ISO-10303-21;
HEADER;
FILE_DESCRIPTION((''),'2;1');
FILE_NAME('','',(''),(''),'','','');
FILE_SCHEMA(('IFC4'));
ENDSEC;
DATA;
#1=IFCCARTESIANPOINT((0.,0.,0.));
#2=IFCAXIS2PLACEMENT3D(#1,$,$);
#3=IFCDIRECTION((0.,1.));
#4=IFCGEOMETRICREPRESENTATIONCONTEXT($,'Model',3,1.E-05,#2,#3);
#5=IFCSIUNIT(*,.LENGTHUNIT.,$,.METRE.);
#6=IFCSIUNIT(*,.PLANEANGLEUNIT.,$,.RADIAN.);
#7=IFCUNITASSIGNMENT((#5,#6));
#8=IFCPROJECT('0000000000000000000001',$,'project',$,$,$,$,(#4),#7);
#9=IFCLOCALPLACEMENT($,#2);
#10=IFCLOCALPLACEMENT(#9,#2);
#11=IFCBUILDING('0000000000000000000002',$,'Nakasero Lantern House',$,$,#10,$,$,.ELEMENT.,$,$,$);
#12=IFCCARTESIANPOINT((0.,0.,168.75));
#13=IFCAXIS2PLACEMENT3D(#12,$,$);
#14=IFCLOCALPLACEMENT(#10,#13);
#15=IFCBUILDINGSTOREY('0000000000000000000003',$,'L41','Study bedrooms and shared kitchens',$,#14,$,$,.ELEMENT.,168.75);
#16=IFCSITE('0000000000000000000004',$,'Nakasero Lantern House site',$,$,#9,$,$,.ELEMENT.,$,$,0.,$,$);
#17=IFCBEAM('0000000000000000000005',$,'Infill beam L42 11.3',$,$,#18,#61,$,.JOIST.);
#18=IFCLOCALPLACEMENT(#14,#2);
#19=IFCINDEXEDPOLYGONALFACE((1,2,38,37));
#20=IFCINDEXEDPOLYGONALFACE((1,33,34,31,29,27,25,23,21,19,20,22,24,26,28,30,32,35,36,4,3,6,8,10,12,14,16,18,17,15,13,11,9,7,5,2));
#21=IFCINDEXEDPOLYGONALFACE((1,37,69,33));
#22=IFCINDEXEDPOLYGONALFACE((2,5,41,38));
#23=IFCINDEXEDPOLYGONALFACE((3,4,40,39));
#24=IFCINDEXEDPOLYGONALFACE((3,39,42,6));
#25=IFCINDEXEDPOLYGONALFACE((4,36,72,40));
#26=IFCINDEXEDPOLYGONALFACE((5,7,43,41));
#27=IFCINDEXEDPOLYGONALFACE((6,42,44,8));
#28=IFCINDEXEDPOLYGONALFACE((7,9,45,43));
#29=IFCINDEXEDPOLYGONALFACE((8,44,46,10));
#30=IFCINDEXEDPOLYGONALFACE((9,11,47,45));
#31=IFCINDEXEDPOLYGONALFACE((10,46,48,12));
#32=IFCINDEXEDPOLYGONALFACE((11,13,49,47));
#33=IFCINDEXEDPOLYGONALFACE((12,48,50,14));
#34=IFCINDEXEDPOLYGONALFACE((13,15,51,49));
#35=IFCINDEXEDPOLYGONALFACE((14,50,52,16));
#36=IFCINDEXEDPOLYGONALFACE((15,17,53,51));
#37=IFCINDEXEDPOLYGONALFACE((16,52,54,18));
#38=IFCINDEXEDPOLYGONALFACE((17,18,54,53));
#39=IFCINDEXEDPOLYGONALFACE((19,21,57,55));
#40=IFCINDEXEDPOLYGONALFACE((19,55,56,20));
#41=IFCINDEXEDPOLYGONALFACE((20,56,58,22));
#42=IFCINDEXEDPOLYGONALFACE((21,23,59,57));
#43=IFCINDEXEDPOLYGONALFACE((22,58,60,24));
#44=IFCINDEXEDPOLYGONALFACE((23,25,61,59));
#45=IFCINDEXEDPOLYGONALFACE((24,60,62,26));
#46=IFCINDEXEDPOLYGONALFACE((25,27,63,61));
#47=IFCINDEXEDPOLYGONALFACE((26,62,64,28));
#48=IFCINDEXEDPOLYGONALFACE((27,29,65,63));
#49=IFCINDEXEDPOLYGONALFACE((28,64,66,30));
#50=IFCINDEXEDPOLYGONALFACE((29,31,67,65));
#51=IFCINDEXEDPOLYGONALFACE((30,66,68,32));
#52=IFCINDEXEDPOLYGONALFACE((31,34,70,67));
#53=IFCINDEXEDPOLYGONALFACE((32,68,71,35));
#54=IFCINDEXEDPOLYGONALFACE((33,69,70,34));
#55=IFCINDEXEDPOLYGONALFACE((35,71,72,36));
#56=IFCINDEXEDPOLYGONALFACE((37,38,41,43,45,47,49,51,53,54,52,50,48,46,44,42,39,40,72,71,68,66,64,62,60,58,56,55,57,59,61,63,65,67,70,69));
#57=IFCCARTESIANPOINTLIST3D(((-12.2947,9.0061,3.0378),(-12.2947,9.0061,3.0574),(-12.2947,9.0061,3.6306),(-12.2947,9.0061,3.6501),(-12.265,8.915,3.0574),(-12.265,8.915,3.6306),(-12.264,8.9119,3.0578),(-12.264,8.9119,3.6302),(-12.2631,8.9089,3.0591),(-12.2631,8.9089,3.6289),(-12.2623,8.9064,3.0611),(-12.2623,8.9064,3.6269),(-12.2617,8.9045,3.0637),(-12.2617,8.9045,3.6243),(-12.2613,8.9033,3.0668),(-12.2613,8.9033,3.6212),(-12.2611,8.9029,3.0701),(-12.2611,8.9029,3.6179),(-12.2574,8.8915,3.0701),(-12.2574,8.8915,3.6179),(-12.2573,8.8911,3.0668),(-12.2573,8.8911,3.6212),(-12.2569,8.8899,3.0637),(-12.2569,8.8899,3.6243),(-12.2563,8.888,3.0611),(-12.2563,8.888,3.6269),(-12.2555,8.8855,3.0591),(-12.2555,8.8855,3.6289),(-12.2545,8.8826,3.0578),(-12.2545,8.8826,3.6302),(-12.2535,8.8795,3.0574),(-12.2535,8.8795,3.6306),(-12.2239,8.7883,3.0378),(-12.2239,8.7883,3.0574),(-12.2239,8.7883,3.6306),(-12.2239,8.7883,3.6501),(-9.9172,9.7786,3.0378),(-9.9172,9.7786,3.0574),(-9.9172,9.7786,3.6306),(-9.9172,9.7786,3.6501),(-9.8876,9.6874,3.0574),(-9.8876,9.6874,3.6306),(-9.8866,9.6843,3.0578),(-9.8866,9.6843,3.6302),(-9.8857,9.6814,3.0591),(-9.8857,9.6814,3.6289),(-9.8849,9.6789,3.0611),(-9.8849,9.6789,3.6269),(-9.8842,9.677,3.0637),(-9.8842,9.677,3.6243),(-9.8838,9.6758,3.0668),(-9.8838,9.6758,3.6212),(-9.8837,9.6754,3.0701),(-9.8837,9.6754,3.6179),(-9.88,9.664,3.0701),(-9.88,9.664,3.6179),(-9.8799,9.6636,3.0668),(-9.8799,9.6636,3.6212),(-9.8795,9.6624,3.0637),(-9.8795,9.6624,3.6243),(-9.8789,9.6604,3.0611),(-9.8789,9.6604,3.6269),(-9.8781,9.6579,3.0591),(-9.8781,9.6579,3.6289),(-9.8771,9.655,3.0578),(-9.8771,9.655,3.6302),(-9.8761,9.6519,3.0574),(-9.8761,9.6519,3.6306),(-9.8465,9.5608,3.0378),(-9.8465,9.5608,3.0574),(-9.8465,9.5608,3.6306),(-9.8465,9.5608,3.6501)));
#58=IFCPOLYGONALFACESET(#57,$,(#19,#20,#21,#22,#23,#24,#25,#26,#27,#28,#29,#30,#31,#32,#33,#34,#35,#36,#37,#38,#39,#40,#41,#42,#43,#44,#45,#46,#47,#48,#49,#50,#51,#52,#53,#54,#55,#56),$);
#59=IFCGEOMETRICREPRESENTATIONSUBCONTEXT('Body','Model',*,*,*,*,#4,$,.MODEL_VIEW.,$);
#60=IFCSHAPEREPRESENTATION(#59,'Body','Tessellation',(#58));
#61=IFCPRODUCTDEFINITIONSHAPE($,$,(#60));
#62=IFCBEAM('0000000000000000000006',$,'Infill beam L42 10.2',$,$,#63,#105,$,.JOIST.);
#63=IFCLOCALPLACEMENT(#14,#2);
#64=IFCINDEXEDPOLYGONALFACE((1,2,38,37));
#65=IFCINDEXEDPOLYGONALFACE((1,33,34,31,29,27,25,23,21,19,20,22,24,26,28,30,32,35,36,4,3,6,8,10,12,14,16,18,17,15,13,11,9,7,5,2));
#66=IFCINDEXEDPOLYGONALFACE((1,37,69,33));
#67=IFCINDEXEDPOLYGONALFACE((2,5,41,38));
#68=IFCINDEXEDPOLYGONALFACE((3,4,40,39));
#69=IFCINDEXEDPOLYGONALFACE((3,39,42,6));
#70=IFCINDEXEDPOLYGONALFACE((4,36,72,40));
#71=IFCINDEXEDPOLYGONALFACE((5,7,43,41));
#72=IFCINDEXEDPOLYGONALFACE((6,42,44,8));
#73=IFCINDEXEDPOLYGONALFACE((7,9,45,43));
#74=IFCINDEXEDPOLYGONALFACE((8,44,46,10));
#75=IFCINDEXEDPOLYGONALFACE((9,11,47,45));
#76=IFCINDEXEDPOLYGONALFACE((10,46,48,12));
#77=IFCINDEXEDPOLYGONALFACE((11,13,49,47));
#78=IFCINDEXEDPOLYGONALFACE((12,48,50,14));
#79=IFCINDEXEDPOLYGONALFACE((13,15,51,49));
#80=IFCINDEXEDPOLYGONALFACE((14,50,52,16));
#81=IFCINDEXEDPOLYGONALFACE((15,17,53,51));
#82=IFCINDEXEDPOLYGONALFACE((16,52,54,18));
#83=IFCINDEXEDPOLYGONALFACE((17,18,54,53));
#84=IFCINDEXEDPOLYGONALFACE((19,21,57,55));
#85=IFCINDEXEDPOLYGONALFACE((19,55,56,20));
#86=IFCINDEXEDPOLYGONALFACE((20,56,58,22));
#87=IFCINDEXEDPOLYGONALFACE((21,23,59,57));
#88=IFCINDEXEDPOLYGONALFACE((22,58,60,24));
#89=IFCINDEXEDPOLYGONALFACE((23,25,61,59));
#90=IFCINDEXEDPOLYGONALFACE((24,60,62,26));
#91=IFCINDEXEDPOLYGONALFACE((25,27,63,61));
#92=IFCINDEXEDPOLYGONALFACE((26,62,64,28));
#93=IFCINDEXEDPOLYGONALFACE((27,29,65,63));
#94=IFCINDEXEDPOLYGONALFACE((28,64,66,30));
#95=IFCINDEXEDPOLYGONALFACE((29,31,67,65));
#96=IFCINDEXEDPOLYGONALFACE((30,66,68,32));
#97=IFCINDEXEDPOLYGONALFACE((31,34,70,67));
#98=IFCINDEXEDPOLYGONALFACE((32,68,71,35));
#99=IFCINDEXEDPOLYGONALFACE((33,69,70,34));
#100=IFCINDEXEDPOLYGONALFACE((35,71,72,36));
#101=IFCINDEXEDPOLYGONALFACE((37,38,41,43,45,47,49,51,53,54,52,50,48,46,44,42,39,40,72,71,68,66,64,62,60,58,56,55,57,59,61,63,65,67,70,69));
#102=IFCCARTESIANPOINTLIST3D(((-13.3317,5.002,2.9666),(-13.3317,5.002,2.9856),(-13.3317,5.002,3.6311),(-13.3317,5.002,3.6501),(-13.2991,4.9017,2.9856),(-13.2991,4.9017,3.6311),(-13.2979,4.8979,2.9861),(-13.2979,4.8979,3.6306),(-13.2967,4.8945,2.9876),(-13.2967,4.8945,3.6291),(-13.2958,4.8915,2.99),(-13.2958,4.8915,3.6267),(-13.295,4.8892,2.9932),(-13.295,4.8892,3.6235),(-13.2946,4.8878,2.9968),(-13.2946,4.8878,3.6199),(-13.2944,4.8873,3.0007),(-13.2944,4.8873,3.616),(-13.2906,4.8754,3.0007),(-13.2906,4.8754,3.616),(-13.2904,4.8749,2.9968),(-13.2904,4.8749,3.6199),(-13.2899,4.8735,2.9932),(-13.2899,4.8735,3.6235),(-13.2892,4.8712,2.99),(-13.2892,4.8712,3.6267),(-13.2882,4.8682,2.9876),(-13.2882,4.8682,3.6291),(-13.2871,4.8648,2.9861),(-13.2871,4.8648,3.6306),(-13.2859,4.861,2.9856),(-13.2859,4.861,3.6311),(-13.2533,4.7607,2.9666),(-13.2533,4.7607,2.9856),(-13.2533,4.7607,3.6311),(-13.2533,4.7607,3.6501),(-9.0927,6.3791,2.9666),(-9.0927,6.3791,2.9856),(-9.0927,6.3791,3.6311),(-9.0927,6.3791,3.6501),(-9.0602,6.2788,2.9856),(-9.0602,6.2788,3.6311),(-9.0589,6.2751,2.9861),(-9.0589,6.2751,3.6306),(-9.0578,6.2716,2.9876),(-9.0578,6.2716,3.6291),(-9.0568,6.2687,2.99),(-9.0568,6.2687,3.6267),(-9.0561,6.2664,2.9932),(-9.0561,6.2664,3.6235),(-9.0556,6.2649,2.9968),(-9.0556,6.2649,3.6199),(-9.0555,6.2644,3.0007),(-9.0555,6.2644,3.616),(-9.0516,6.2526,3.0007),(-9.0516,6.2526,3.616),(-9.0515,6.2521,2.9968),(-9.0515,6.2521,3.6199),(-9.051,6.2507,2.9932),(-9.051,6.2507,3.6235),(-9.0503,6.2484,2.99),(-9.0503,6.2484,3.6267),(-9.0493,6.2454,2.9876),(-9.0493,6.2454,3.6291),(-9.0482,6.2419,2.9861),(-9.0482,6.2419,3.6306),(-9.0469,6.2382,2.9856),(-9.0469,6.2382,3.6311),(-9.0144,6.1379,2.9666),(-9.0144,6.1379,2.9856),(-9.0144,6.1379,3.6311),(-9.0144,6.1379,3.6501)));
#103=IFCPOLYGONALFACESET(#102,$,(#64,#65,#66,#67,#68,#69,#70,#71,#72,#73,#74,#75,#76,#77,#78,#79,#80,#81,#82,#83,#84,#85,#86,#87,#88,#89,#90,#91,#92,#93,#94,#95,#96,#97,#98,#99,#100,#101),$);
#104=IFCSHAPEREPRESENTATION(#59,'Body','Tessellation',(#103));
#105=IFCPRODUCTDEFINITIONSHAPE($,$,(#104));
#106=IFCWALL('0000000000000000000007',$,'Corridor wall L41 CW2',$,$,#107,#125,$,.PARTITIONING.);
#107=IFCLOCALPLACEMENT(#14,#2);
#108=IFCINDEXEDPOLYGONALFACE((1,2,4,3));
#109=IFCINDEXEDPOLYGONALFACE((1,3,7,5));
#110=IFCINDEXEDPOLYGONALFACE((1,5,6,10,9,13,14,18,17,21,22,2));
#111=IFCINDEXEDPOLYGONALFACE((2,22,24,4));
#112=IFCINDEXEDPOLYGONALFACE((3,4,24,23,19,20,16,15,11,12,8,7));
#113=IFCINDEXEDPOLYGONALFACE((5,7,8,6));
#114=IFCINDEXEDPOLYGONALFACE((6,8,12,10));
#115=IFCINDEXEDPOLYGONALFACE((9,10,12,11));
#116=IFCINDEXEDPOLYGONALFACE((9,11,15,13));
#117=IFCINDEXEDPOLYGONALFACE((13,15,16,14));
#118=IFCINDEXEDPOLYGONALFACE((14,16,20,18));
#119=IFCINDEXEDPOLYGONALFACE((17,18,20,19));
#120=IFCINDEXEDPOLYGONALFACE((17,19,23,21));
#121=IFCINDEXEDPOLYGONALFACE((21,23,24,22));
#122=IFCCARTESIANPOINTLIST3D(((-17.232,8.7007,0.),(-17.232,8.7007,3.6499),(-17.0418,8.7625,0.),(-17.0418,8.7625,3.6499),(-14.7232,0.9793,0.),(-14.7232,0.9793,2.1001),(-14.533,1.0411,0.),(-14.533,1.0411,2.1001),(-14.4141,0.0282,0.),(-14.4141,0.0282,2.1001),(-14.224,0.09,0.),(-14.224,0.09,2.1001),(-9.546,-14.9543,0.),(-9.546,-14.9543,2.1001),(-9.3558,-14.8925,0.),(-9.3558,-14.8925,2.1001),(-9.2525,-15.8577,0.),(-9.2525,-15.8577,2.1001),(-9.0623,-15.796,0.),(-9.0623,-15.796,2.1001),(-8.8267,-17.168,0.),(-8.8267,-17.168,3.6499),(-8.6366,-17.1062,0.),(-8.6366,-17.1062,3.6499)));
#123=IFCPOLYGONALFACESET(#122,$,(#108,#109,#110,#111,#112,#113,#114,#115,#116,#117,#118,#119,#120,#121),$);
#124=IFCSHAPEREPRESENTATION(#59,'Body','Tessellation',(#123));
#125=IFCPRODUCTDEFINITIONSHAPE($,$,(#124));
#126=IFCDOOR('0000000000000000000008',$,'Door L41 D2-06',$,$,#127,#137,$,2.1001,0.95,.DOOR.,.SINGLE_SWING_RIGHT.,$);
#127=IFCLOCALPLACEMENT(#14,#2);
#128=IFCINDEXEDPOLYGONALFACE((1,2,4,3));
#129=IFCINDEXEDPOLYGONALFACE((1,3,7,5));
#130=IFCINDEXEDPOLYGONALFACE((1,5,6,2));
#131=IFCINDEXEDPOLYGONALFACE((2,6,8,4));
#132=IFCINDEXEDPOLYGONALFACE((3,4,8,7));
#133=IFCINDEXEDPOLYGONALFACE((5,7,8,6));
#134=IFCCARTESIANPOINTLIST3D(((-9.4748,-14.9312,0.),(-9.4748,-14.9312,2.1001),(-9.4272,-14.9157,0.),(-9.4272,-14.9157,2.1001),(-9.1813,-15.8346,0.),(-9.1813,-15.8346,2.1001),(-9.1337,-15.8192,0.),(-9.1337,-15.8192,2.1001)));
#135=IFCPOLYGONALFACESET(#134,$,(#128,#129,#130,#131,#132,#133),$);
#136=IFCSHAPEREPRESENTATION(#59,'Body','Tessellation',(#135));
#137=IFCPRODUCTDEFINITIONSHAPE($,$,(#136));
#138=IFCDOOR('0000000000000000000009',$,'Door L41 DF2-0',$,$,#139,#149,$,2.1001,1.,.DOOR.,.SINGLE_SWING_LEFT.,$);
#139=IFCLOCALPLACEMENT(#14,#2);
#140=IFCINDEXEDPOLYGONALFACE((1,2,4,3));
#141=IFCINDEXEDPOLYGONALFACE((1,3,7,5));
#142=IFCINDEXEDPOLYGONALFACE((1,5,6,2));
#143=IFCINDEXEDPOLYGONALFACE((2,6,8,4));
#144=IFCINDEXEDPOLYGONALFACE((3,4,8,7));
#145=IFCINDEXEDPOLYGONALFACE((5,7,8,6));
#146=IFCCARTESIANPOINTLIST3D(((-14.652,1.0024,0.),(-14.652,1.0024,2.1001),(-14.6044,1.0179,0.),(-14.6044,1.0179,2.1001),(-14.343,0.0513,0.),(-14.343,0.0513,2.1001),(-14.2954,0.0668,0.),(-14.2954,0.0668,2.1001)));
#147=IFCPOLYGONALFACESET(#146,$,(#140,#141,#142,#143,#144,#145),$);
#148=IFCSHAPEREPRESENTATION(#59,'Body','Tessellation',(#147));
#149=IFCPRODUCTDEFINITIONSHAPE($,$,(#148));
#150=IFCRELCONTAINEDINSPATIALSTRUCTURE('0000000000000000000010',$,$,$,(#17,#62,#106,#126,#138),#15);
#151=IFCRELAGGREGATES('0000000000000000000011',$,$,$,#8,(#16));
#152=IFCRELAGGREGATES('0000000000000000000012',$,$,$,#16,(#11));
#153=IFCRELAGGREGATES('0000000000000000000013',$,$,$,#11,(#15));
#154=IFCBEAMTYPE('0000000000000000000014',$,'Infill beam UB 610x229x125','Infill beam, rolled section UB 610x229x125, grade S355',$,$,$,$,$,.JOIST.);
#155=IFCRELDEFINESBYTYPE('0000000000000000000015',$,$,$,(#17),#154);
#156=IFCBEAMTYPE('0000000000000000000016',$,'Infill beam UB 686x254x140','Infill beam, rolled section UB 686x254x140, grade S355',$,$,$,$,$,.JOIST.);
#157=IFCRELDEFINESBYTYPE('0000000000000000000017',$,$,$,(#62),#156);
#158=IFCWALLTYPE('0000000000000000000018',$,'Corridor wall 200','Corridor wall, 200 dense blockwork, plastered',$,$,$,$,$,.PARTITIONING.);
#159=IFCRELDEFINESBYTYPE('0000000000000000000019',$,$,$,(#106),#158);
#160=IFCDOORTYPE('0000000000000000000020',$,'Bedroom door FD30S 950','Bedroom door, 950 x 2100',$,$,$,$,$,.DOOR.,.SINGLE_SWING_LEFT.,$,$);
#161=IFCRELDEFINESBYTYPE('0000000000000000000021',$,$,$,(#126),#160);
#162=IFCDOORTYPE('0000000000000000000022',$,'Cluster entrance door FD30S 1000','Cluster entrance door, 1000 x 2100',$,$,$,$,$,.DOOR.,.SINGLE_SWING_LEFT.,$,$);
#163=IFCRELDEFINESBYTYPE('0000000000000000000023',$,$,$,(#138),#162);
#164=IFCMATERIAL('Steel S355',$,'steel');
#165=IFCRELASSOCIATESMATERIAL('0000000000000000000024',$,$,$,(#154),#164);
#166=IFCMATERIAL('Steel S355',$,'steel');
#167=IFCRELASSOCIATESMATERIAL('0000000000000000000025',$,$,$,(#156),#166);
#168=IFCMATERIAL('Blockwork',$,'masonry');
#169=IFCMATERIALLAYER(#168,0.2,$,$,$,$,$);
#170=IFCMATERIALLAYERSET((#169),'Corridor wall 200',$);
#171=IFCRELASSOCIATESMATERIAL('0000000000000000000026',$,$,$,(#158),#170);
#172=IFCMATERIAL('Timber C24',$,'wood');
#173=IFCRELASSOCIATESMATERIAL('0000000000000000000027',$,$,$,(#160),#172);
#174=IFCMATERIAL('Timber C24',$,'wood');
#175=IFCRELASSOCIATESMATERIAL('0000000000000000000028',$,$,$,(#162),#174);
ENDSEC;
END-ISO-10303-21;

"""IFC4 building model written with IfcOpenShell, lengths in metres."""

from ifc_helpers import new_model, si_unit, direction, frame, frame_2d, origin, origin_2d, place, context, subcontext, project, spatial, rectangle, i_section, extrude, material, layer, layer_set, material_profile, profile_set, type_object, element, fill, save


model = new_model("IFC4")

# Units and contexts
model_context = context("Model", 3, precision=1e-05, world=origin(), true_north=direction((0.0, 1.0)))
body_context = subcontext(model_context, "Body", "Model", "MODEL_VIEW")
ifc_project = project(units=[si_unit("LENGTHUNIT", "METRE"), si_unit("PLANEANGLEUNIT", "RADIAN")], contexts=[model_context])

# Site, building, storey
site_placement = place(None, origin())
site = spatial("IfcSite", under=ifc_project, at=site_placement, Name="Nakasero Lantern House site", CompositionType="ELEMENT", RefElevation=0.0)
building_placement = place(site_placement, origin())
building = spatial("IfcBuilding", under=site, at=building_placement, Name="Nakasero Lantern House", CompositionType="ELEMENT")
storey_placement = place(building_placement, frame((0.0, 0.0, 168.75)))
storey = spatial("IfcBuildingStorey", under=building, at=storey_placement, Name="L41", Description="Study bedrooms and shared kitchens", CompositionType="ELEMENT", Elevation=168.75)

# Beams
ifc_material_1 = material(Name="Steel S355", Category="steel")
ifc_material_profile_1 = material_profile(ifc_material_1, i_section(OverallWidth=0.229, OverallDepth=0.6123, WebThickness=0.012, FlangeThickness=0.0195, FilletRadius=0.0127, at=origin_2d()), Name="UB 610x229x125")
ifc_profile_set_1 = profile_set([ifc_material_profile_1], Name="Steel S355")
beam_type_1 = type_object("IfcBeamType", Name="Infill beam UB 610x229x125", Description="Infill beam, rolled section UB 610x229x125, grade S355", PredefinedType="JOIST", material=ifc_profile_set_1)
beam_1_placement = place(storey_placement, frame((-12.2593, 8.8972, 3.344), z_axis=(0.951058, 0.309011, 0.0), x_axis=(-0.309011, 0.951058, 0.0)))
element("IfcBeam", 1, at=beam_1_placement, inside=storey, type_object=beam_type_1, Name="Infill beam L42 11.3", PredefinedType="JOIST", context=body_context, shape_type="SweptSolid", body=[
    extrude(i_section(OverallWidth=0.229, OverallDepth=0.6123, WebThickness=0.012, FlangeThickness=0.0195, FilletRadius=0.0127, at=origin_2d()), origin(), (0.0, 0.0, 1.0), 2.4998),
])
ifc_material_2 = material(Name="Steel S355", Category="steel")
ifc_material_profile_2 = material_profile(ifc_material_2, i_section(OverallWidth=0.2537, OverallDepth=0.6836, WebThickness=0.0125, FlangeThickness=0.019, FilletRadius=0.0151, at=origin_2d()), Name="UB 686x254x140")
ifc_profile_set_2 = profile_set([ifc_material_profile_2], Name="Steel S355")
beam_type_2 = type_object("IfcBeamType", Name="Infill beam UB 686x254x140", Description="Infill beam, rolled section UB 686x254x140, grade S355", PredefinedType="JOIST", material=ifc_profile_set_2)
beam_2_placement = place(storey_placement, frame((-13.2925, 4.8813, 3.3083), z_axis=(0.951066, 0.308988, 0.0), x_axis=(-0.308988, 0.951066, 0.0)))
element("IfcBeam", 2, at=beam_2_placement, inside=storey, type_object=beam_type_2, Name="Infill beam L42 10.2", PredefinedType="JOIST", context=body_context, shape_type="SweptSolid", body=[
    extrude(i_section(OverallWidth=0.2537, OverallDepth=0.6836, WebThickness=0.0125, FlangeThickness=0.019, FilletRadius=0.0151, at=origin_2d()), origin(), (0.0, 0.0, 1.0), 4.457),
])

# Wall, openings, doors
ifc_material_3 = material(Name="Blockwork", Category="masonry")
ifc_layer_1 = layer(ifc_material_3, 0.2)
ifc_layer_set_1 = layer_set([ifc_layer_1], Name="Corridor wall 200")
wall_type_1 = type_object("IfcWallType", Name="Corridor wall 200", Description="Corridor wall, 200 dense blockwork, plastered", PredefinedType="PARTITIONING", material=ifc_layer_set_1)
wall_1_placement = place(storey_placement, frame((-17.137, 8.7317, 0.0), z_axis=(0.0, 0.0, 1.0), x_axis=(0.309018, -0.951056, 0.0)))
wall_1 = element("IfcWall", 3, at=wall_1_placement, inside=storey, type_object=wall_type_1, Name="Corridor wall L41 CW2", PredefinedType="PARTITIONING", context=body_context, shape_type="SweptSolid", body=[
    extrude(rectangle(XDim=27.2, YDim=0.2, at=frame_2d((13.6001, 0.0))), origin(), (0.0, 0.0, 1.0), 3.6499),
])
opening_1_placement = place(wall_1_placement, frame((8.1189, 0.0, 0.0)))
opening_1 = element("IfcOpeningElement", 4, at=opening_1_placement, cuts=wall_1, PredefinedType="OPENING", context=body_context, shape_type="SweptSolid", body=[
    extrude(rectangle(XDim=1.0, YDim=2.1001, at=frame_2d((0.5, 1.05))), frame((0.0, 0.1199, 0.0), z_axis=(0.0, -1.0, 0.0), x_axis=(1.0, 0.0, 0.0)), (0.0, 0.0, 1.0), 0.24),
])
opening_2_placement = place(wall_1_placement, frame((24.8723, 0.0, 0.0)))
opening_2 = element("IfcOpeningElement", 5, at=opening_2_placement, cuts=wall_1, PredefinedType="OPENING", context=body_context, shape_type="SweptSolid", body=[
    extrude(rectangle(XDim=0.95, YDim=2.1001, at=frame_2d((0.4751, 1.05))), frame((0.0, 0.1199, 0.0), z_axis=(0.0, -1.0, 0.0), x_axis=(1.0, 0.0, 0.0)), (0.0, 0.0, 1.0), 0.24),
])
ifc_material_4 = material(Name="Timber C24", Category="wood")
door_type_1 = type_object("IfcDoorType", Name="Bedroom door FD30S 950", Description="Bedroom door, 950 x 2100", OperationType="SINGLE_SWING_LEFT", PredefinedType="DOOR", material=ifc_material_4)
door_1_placement = place(opening_2_placement, origin())
door_1 = element("IfcDoor", 6, at=door_1_placement, inside=storey, type_object=door_type_1, Name="Door L41 D2-06", OperationType="SINGLE_SWING_RIGHT", OverallHeight=2.1001, OverallWidth=0.95, PredefinedType="DOOR", context=body_context, shape_type="SweptSolid", body=[
    extrude(rectangle(XDim=0.95, YDim=2.1001, at=frame_2d((0.4751, 1.05))), frame((0.0, 0.0249, 0.0), z_axis=(0.0, -1.0, 0.0), x_axis=(1.0, 0.0, 0.0)), (0.0, 0.0, 1.0), 0.05),
])
fill(opening_2, door_1)
ifc_material_5 = material(Name="Timber C24", Category="wood")
door_type_2 = type_object("IfcDoorType", Name="Cluster entrance door FD30S 1000", Description="Cluster entrance door, 1000 x 2100", OperationType="SINGLE_SWING_LEFT", PredefinedType="DOOR", material=ifc_material_5)
door_2_placement = place(opening_1_placement, origin())
door_2 = element("IfcDoor", 7, at=door_2_placement, inside=storey, type_object=door_type_2, Name="Door L41 DF2-0", OperationType="SINGLE_SWING_LEFT", OverallHeight=2.1001, OverallWidth=1.0, PredefinedType="DOOR", context=body_context, shape_type="SweptSolid", body=[
    extrude(rectangle(XDim=1.0, YDim=2.1001, at=frame_2d((0.5, 1.05))), frame((0.0, 0.0249, 0.0), z_axis=(0.0, -1.0, 0.0), x_axis=(1.0, 0.0, 0.0)), (0.0, 0.0, 1.0), 0.05),
])
fill(opening_1, door_2)

save(model, "model.ifc")
